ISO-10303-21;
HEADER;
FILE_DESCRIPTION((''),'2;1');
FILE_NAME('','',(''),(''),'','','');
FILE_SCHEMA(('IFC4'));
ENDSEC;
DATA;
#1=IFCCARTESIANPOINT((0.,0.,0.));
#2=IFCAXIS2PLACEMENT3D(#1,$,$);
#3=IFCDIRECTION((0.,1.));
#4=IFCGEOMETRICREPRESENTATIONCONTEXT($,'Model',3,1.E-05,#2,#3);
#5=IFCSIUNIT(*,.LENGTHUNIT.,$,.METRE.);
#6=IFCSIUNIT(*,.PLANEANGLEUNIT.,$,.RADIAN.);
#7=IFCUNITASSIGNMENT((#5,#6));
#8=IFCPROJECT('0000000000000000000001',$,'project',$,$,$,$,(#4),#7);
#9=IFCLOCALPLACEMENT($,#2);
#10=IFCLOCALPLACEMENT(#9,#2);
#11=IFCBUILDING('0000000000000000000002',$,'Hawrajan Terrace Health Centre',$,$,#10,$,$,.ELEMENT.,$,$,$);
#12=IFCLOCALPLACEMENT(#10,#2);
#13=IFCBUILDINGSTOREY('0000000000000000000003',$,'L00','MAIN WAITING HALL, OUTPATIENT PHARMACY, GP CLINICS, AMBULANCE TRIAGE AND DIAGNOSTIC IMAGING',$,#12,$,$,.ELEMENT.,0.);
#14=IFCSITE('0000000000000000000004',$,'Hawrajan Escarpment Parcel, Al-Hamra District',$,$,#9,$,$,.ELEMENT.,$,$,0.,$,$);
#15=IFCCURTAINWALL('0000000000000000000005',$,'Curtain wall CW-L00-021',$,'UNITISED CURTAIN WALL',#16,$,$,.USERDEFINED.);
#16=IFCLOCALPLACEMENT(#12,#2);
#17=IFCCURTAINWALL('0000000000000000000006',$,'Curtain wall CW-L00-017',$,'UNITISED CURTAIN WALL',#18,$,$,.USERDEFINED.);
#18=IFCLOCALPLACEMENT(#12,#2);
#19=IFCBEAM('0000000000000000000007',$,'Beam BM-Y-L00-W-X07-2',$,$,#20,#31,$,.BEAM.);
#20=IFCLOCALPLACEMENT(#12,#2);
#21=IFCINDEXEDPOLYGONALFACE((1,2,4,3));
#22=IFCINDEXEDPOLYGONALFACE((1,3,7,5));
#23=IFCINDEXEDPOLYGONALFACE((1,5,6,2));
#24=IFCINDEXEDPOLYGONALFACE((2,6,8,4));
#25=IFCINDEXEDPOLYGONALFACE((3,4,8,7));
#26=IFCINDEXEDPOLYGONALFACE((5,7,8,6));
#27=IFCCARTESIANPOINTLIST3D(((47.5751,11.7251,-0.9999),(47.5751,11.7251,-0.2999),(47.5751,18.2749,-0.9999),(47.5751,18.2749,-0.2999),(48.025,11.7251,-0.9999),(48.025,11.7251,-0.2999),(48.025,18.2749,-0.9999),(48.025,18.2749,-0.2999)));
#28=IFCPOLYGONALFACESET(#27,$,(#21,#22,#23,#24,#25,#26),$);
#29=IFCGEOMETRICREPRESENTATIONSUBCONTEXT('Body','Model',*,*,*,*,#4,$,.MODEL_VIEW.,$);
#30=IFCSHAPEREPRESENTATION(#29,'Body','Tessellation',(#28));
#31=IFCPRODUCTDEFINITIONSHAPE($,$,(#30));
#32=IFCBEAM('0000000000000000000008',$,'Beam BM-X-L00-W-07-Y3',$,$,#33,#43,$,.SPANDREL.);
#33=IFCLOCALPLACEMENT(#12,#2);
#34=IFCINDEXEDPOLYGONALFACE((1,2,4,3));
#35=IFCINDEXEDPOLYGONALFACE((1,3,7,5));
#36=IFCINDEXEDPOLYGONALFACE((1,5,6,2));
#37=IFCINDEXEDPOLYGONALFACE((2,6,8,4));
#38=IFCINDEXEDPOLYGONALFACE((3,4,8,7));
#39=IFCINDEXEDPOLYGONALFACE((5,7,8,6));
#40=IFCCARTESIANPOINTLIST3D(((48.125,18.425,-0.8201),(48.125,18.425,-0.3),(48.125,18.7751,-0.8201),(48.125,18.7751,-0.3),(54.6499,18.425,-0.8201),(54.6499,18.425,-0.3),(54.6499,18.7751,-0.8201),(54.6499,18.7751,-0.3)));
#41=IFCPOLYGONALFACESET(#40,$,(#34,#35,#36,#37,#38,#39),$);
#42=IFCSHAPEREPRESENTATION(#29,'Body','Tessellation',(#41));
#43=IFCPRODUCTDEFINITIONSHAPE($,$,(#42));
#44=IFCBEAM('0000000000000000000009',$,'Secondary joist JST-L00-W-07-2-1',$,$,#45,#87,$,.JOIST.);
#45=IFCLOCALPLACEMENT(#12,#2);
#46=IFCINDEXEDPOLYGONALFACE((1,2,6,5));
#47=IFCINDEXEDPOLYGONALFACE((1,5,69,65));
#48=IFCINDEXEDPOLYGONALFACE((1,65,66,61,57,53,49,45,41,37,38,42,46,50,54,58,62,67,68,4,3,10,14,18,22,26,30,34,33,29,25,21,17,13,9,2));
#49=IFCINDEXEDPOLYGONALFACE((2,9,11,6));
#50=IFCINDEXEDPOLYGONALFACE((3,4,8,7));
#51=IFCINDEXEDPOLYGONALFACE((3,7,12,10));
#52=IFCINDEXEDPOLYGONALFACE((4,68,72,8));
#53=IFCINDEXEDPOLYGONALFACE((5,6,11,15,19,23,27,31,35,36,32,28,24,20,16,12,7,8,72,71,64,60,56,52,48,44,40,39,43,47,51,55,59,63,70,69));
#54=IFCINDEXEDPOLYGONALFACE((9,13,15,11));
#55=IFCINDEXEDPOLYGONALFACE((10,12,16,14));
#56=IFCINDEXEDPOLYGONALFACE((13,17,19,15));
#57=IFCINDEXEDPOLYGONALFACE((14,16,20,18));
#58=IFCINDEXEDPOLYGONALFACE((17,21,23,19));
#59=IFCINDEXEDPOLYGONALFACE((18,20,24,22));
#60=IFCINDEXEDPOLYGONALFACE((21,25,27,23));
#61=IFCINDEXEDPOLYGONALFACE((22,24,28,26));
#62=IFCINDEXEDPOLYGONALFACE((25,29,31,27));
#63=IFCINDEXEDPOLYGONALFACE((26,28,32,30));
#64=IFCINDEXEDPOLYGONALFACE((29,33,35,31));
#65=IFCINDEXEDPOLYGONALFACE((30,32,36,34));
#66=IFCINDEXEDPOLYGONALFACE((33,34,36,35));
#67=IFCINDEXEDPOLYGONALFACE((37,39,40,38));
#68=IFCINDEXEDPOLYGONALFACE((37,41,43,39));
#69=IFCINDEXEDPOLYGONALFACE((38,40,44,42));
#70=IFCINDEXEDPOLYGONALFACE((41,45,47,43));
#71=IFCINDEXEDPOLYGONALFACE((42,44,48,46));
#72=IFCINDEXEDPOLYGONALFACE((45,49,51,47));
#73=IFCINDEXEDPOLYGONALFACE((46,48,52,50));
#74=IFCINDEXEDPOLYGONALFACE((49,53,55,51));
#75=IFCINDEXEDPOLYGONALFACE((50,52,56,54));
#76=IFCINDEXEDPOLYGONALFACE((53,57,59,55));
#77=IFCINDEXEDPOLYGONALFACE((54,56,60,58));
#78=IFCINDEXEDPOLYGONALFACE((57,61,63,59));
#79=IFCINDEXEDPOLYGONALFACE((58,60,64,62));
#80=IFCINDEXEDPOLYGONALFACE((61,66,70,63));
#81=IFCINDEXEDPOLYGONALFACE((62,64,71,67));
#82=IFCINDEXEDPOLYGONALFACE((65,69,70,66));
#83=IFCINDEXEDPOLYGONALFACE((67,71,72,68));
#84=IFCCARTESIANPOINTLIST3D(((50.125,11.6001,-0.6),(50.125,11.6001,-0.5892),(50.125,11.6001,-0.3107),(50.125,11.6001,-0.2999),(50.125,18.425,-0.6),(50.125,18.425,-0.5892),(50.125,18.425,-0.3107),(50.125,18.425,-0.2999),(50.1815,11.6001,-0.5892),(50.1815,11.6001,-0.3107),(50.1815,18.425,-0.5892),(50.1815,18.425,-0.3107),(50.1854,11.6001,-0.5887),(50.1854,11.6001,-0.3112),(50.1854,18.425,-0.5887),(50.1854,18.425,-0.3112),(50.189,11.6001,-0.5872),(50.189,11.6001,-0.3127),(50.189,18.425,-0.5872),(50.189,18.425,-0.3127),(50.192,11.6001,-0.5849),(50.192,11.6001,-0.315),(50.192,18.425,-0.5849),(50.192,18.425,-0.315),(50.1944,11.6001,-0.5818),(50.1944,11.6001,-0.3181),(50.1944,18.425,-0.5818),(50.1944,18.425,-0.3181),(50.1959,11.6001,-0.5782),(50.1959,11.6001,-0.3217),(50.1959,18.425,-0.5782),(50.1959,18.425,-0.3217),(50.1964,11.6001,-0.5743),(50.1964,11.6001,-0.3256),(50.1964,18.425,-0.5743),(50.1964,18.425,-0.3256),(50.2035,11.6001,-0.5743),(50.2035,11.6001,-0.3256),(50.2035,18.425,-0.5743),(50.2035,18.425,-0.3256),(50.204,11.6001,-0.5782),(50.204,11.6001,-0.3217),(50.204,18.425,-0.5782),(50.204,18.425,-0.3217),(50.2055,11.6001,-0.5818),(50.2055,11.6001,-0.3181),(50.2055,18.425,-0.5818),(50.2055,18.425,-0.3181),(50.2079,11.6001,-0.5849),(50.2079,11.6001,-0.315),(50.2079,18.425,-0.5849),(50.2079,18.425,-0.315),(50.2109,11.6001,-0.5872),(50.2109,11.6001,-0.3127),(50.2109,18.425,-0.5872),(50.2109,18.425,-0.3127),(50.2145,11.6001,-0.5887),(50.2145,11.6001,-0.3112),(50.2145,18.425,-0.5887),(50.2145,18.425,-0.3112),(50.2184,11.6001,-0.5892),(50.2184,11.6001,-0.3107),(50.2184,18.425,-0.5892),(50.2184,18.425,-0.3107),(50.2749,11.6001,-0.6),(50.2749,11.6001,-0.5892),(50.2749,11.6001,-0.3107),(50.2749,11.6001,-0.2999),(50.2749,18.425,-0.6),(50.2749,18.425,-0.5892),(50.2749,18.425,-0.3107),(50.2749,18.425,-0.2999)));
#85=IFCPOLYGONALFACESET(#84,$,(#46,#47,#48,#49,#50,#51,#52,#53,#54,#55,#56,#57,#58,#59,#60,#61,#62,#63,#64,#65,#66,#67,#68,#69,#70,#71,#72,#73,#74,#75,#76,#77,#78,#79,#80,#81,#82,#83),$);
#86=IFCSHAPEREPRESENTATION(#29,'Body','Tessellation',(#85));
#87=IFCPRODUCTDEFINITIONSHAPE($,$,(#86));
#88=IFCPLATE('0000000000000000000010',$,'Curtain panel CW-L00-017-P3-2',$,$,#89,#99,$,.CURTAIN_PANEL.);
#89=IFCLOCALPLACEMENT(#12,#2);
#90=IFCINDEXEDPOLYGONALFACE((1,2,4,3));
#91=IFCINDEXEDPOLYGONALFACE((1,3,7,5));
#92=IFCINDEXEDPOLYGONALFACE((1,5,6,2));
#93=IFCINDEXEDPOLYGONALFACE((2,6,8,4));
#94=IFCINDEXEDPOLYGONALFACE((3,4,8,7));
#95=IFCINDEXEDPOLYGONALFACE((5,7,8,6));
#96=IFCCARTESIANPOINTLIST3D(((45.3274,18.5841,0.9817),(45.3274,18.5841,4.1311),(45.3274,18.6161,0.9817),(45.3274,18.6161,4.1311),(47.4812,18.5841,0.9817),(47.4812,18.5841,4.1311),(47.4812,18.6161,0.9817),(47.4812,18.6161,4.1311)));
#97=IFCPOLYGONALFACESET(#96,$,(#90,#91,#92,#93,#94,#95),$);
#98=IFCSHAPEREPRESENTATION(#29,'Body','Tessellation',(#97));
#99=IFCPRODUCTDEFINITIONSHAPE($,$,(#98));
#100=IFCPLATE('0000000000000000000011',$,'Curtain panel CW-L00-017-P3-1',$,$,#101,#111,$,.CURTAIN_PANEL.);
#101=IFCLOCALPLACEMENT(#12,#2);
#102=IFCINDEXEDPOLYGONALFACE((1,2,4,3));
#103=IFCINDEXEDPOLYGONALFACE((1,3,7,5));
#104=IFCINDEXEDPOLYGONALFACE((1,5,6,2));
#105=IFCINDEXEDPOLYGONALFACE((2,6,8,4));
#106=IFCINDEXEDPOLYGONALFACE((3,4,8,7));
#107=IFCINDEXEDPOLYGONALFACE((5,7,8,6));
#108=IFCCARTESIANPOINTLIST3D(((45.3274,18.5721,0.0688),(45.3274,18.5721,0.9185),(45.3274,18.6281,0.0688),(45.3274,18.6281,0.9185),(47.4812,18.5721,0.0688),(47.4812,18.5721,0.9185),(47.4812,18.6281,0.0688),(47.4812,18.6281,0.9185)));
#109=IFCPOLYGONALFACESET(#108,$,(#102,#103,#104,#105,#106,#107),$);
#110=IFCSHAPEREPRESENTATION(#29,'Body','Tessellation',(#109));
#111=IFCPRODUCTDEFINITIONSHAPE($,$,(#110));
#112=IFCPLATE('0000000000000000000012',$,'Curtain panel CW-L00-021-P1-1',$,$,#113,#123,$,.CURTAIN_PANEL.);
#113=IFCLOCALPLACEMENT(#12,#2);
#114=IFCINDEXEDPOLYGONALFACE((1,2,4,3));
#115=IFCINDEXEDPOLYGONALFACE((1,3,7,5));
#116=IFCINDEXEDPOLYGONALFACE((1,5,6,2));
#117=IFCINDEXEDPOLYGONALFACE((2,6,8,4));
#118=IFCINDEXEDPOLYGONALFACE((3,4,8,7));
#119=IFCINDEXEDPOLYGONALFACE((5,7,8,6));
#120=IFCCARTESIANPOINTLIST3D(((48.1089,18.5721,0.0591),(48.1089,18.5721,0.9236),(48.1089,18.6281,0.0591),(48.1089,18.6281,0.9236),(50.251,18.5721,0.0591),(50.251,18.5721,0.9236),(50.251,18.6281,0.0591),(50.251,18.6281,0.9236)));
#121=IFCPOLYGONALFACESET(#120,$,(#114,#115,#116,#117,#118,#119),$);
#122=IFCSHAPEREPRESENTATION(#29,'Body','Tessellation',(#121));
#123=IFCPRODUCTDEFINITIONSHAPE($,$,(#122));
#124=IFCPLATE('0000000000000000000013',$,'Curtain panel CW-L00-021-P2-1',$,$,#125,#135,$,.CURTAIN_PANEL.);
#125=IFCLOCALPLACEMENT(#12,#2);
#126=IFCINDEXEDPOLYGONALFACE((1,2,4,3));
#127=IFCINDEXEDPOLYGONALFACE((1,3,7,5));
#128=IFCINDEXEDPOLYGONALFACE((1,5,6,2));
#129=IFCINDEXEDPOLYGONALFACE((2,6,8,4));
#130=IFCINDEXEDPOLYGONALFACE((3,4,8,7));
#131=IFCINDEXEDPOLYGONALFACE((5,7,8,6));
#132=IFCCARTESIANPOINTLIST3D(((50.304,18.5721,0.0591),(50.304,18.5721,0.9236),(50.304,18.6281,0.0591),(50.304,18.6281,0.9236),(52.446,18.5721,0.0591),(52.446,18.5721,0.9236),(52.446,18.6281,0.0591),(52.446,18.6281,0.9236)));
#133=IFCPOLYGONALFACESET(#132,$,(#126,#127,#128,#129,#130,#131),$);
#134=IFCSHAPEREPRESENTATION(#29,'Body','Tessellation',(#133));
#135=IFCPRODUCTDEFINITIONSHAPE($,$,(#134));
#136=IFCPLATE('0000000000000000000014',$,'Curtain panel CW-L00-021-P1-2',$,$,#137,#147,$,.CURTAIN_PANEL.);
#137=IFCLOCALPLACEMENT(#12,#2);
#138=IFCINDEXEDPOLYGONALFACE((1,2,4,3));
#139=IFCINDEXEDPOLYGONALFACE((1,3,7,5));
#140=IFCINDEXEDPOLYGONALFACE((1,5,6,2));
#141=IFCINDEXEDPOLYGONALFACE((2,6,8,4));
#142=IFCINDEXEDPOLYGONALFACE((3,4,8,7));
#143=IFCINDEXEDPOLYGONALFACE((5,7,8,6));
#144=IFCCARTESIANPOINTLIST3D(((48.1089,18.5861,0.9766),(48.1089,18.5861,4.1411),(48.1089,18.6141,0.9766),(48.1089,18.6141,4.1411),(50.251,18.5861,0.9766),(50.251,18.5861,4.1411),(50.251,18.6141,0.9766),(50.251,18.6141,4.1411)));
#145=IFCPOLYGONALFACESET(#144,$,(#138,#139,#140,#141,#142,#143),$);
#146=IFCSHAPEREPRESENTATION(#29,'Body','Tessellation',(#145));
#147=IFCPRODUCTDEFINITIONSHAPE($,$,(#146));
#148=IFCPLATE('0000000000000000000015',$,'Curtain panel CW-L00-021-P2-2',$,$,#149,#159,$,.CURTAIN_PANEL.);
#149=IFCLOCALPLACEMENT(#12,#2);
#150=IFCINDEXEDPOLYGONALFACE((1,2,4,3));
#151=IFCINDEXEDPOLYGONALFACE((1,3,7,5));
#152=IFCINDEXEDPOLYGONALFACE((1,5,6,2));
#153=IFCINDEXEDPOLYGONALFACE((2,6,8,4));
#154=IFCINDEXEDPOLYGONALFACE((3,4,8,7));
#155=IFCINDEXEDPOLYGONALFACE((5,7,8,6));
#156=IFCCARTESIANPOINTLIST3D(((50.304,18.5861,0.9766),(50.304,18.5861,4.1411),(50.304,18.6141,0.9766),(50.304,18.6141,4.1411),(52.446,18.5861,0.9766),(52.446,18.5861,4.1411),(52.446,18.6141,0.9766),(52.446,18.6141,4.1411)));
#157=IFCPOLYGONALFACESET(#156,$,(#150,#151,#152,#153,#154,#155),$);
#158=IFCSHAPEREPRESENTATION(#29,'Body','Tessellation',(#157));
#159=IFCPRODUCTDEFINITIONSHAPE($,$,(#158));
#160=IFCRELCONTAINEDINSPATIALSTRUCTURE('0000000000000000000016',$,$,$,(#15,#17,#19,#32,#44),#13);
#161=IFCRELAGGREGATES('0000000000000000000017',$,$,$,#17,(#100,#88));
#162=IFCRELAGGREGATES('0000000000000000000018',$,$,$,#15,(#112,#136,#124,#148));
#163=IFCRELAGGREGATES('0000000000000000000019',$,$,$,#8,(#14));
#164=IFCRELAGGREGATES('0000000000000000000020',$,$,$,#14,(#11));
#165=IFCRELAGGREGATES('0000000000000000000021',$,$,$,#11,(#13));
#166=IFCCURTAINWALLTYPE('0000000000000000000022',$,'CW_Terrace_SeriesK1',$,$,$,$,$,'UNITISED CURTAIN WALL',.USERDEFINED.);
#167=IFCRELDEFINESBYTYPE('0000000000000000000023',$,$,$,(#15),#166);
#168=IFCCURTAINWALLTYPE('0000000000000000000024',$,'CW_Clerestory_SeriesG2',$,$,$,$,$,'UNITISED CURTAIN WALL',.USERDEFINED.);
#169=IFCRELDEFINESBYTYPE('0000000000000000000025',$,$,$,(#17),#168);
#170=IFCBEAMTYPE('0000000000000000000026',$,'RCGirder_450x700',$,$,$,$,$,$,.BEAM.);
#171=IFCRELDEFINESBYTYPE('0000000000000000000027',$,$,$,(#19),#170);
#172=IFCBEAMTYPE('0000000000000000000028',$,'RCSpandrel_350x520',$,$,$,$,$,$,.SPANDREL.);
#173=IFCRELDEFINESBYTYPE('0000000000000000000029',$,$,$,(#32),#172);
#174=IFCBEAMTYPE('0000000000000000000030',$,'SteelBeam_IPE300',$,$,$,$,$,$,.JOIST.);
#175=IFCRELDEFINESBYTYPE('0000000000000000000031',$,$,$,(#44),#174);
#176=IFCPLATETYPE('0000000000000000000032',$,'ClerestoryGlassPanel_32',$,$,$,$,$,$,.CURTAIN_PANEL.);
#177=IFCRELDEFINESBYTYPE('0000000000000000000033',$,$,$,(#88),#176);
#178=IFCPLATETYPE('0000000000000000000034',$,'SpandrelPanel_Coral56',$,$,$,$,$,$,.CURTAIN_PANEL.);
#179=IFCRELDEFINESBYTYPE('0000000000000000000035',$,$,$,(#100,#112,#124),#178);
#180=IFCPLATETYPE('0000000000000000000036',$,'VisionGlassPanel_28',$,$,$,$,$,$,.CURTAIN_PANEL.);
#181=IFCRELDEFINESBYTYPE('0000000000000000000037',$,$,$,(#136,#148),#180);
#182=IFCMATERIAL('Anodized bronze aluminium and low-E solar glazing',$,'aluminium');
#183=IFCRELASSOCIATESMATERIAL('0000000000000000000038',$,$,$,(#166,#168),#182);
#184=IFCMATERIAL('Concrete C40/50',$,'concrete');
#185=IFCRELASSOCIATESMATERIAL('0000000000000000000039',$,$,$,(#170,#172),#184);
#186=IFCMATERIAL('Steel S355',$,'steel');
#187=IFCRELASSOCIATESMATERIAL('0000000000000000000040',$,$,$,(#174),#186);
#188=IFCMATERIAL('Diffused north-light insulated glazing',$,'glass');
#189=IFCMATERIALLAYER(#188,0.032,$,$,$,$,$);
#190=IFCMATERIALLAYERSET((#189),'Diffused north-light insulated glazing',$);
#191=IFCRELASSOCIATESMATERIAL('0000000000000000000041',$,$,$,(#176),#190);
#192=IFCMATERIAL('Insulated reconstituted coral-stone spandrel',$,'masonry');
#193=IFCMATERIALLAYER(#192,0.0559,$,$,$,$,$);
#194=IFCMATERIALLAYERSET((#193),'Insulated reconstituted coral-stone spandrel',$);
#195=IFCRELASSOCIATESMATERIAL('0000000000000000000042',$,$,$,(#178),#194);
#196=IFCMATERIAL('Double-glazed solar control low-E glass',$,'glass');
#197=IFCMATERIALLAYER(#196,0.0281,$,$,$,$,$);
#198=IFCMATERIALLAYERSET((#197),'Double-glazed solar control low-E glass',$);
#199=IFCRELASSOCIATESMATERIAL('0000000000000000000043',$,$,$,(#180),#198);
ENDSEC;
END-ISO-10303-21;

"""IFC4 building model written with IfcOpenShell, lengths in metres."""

from ifc_helpers import new_model, si_unit, direction, frame, origin, origin_2d, place, context, subcontext, project, spatial, rectangle, i_section, extrude, material, layer, layer_set, material_profile, profile_set, type_object, element, aggregate, save


model = new_model("IFC4")

# Units and contexts
model_context = context("Model", 3, precision=1e-05, world=origin(), true_north=direction((0.0, 1.0)))
body_context = subcontext(model_context, "Body", "Model", "MODEL_VIEW")
ifc_project = project(units=[si_unit("LENGTHUNIT", "METRE"), si_unit("PLANEANGLEUNIT", "RADIAN")], contexts=[model_context])

# Site, building, storey
site_placement = place(None, origin())
site = spatial("IfcSite", under=ifc_project, at=site_placement, Name="Hawrajan Escarpment Parcel, Al-Hamra District", CompositionType="ELEMENT", RefElevation=0.0)
building_placement = place(site_placement, origin())
building = spatial("IfcBuilding", under=site, at=building_placement, Name="Hawrajan Terrace Health Centre", CompositionType="ELEMENT")
storey_placement = place(building_placement, origin())
storey = spatial("IfcBuildingStorey", under=building, at=storey_placement, Name="L00", Description="MAIN WAITING HALL, OUTPATIENT PHARMACY, GP CLINICS, AMBULANCE TRIAGE AND DIAGNOSTIC IMAGING", CompositionType="ELEMENT", Elevation=0.0)

# Shared definitions
ifc_material_1 = material(Name="Concrete C40/50", Category="concrete")

# Curtain wall
ifc_material_2 = material(Name="Anodized bronze aluminium and low-E solar glazing", Category="aluminium")
curtain_wall_type_1 = type_object("IfcCurtainWallType", Name="CW_Terrace_SeriesK1", ElementType="UNITISED CURTAIN WALL", PredefinedType="USERDEFINED", material=ifc_material_2)
curtain_wall_1_placement = place(storey_placement, origin())
curtain_wall_1 = element("IfcCurtainWall", 1, at=curtain_wall_1_placement, inside=storey, type_object=curtain_wall_type_1, Name="Curtain wall CW-L00-021", ObjectType="UNITISED CURTAIN WALL", PredefinedType="USERDEFINED")

# Curtain wall
curtain_wall_type_2 = type_object("IfcCurtainWallType", Name="CW_Clerestory_SeriesG2", ElementType="UNITISED CURTAIN WALL", PredefinedType="USERDEFINED", material=ifc_material_2)
curtain_wall_2_placement = place(storey_placement, origin())
curtain_wall_2 = element("IfcCurtainWall", 2, at=curtain_wall_2_placement, inside=storey, type_object=curtain_wall_type_2, Name="Curtain wall CW-L00-017", ObjectType="UNITISED CURTAIN WALL", PredefinedType="USERDEFINED")

# Beams
ifc_material_profile_1 = material_profile(ifc_material_1, rectangle(XDim=0.45, YDim=0.7, at=origin_2d()), Name="RC BM 450x700")
ifc_profile_set_1 = profile_set([ifc_material_profile_1], Name="Concrete C40/50")
beam_type_1 = type_object("IfcBeamType", Name="RCGirder_450x700", PredefinedType="BEAM", material=ifc_profile_set_1)
beam_1_placement = place(storey_placement, frame((47.8, 11.7251, -0.6499), z_axis=(0.0, 1.0, 0.0), x_axis=(-1.0, 0.0, 0.0)))
element("IfcBeam", 3, at=beam_1_placement, inside=storey, type_object=beam_type_1, Name="Beam BM-Y-L00-W-X07-2", PredefinedType="BEAM", context=body_context, shape_type="SweptSolid", body=[
    extrude(rectangle(XDim=0.45, YDim=0.7, at=origin_2d()), origin(), (0.0, 0.0, 1.0), 6.5498),
])
ifc_material_profile_2 = material_profile(ifc_material_1, rectangle(XDim=0.3501, YDim=0.52, at=origin_2d()), Name="RC SP 350x520")
ifc_profile_set_2 = profile_set([ifc_material_profile_2], Name="Concrete C40/50")
beam_type_2 = type_object("IfcBeamType", Name="RCSpandrel_350x520", PredefinedType="SPANDREL", material=ifc_profile_set_2)
beam_2_placement = place(storey_placement, frame((48.125, 18.6001, -0.5601), z_axis=(1.0, 0.0, 0.0), x_axis=(0.0, 1.0, 0.0)))
element("IfcBeam", 4, at=beam_2_placement, inside=storey, type_object=beam_type_2, Name="Beam BM-X-L00-W-07-Y3", PredefinedType="SPANDREL", context=body_context, shape_type="SweptSolid", body=[
    extrude(rectangle(XDim=0.3501, YDim=0.52, at=origin_2d()), origin(), (0.0, 0.0, 1.0), 6.5249),
])
ifc_material_3 = material(Name="Steel S355", Category="steel")
ifc_material_profile_3 = material_profile(ifc_material_3, i_section(OverallWidth=0.1499, OverallDepth=0.3, WebThickness=0.0071, FlangeThickness=0.0107, FilletRadius=0.0149, at=origin_2d()), Name="IPE 300")
ifc_profile_set_3 = profile_set([ifc_material_profile_3], Name="Steel S355")
beam_type_3 = type_object("IfcBeamType", Name="SteelBeam_IPE300", PredefinedType="JOIST", material=ifc_profile_set_3)
beam_3_placement = place(storey_placement, frame((50.2, 11.6001, -0.45), z_axis=(0.0, 1.0, 0.0), x_axis=(-1.0, 0.0, 0.0)))
element("IfcBeam", 5, at=beam_3_placement, inside=storey, type_object=beam_type_3, Name="Secondary joist JST-L00-W-07-2-1", PredefinedType="JOIST", context=body_context, shape_type="SweptSolid", body=[
    extrude(i_section(OverallWidth=0.1499, OverallDepth=0.3, WebThickness=0.0071, FlangeThickness=0.0107, FilletRadius=0.0149, at=origin_2d()), origin(), (0.0, 0.0, 1.0), 6.825),
])

# Plates
ifc_material_4 = material(Name="Diffused north-light insulated glazing", Category="glass")
ifc_layer_1 = layer(ifc_material_4, 0.032)
ifc_layer_set_1 = layer_set([ifc_layer_1], Name="Diffused north-light insulated glazing")
plate_type_1 = type_object("IfcPlateType", Name="ClerestoryGlassPanel_32", PredefinedType="CURTAIN_PANEL", material=ifc_layer_set_1)
plate_1_placement = place(storey_placement, frame((46.4043, 18.6001, 0.9817), z_axis=(0.0, 0.0, 1.0), x_axis=(1.0, 0.0, 0.0)))
plate_1 = element("IfcPlate", 6, at=plate_1_placement, type_object=plate_type_1, Name="Curtain panel CW-L00-017-P3-2", PredefinedType="CURTAIN_PANEL", context=body_context, shape_type="SweptSolid", body=[
    extrude(rectangle(XDim=2.1538, YDim=0.032, at=origin_2d()), origin(), (0.0, 0.0, 1.0), 3.1494),
])
ifc_material_5 = material(Name="Insulated reconstituted coral-stone spandrel", Category="masonry")
ifc_layer_2 = layer(ifc_material_5, 0.0559)
ifc_layer_set_2 = layer_set([ifc_layer_2], Name="Insulated reconstituted coral-stone spandrel")
plate_type_2 = type_object("IfcPlateType", Name="SpandrelPanel_Coral56", PredefinedType="CURTAIN_PANEL", material=ifc_layer_set_2)
plate_2_placement = place(storey_placement, frame((46.4043, 18.6001, 0.0688), z_axis=(0.0, 0.0, 1.0), x_axis=(1.0, 0.0, 0.0)))
plate_2 = element("IfcPlate", 7, at=plate_2_placement, type_object=plate_type_2, Name="Curtain panel CW-L00-017-P3-1", PredefinedType="CURTAIN_PANEL", context=body_context, shape_type="SweptSolid", body=[
    extrude(rectangle(XDim=2.1538, YDim=0.0559, at=origin_2d()), origin(), (0.0, 0.0, 1.0), 0.8496),
])
aggregate(curtain_wall_2, [plate_2, plate_1])
plate_3_placement = place(storey_placement, frame((49.1799, 18.6001, 0.0591), z_axis=(0.0, 0.0, 1.0), x_axis=(1.0, 0.0, 0.0)))
plate_3 = element("IfcPlate", 8, at=plate_3_placement, type_object=plate_type_2, Name="Curtain panel CW-L00-021-P1-1", PredefinedType="CURTAIN_PANEL", context=body_context, shape_type="SweptSolid", body=[
    extrude(rectangle(XDim=2.1421, YDim=0.0559, at=origin_2d()), origin(), (0.0, 0.0, 1.0), 0.8645),
])
plate_4_placement = place(storey_placement, frame((51.375, 18.6001, 0.0591), z_axis=(0.0, 0.0, 1.0), x_axis=(1.0, 0.0, 0.0)))
plate_4 = element("IfcPlate", 9, at=plate_4_placement, type_object=plate_type_2, Name="Curtain panel CW-L00-021-P2-1", PredefinedType="CURTAIN_PANEL", context=body_context, shape_type="SweptSolid", body=[
    extrude(rectangle(XDim=2.1421, YDim=0.0559, at=origin_2d()), origin(), (0.0, 0.0, 1.0), 0.8645),
])
ifc_material_6 = material(Name="Double-glazed solar control low-E glass", Category="glass")
ifc_layer_3 = layer(ifc_material_6, 0.0281)
ifc_layer_set_3 = layer_set([ifc_layer_3], Name="Double-glazed solar control low-E glass")
plate_type_3 = type_object("IfcPlateType", Name="VisionGlassPanel_28", PredefinedType="CURTAIN_PANEL", material=ifc_layer_set_3)
plate_5_placement = place(storey_placement, frame((49.1799, 18.6001, 0.9766), z_axis=(0.0, 0.0, 1.0), x_axis=(1.0, 0.0, 0.0)))
plate_5 = element("IfcPlate", 10, at=plate_5_placement, type_object=plate_type_3, Name="Curtain panel CW-L00-021-P1-2", PredefinedType="CURTAIN_PANEL", context=body_context, shape_type="SweptSolid", body=[
    extrude(rectangle(XDim=2.1421, YDim=0.0281, at=origin_2d()), origin(), (0.0, 0.0, 1.0), 3.1646),
])
plate_6_placement = place(storey_placement, frame((51.375, 18.6001, 0.9766), z_axis=(0.0, 0.0, 1.0), x_axis=(1.0, 0.0, 0.0)))
plate_6 = element("IfcPlate", 11, at=plate_6_placement, type_object=plate_type_3, Name="Curtain panel CW-L00-021-P2-2", PredefinedType="CURTAIN_PANEL", context=body_context, shape_type="SweptSolid", body=[
    extrude(rectangle(XDim=2.1421, YDim=0.0281, at=origin_2d()), origin(), (0.0, 0.0, 1.0), 3.1646),
])
aggregate(curtain_wall_1, [plate_3, plate_5, plate_4, plate_6])

save(model, "model.ifc")
